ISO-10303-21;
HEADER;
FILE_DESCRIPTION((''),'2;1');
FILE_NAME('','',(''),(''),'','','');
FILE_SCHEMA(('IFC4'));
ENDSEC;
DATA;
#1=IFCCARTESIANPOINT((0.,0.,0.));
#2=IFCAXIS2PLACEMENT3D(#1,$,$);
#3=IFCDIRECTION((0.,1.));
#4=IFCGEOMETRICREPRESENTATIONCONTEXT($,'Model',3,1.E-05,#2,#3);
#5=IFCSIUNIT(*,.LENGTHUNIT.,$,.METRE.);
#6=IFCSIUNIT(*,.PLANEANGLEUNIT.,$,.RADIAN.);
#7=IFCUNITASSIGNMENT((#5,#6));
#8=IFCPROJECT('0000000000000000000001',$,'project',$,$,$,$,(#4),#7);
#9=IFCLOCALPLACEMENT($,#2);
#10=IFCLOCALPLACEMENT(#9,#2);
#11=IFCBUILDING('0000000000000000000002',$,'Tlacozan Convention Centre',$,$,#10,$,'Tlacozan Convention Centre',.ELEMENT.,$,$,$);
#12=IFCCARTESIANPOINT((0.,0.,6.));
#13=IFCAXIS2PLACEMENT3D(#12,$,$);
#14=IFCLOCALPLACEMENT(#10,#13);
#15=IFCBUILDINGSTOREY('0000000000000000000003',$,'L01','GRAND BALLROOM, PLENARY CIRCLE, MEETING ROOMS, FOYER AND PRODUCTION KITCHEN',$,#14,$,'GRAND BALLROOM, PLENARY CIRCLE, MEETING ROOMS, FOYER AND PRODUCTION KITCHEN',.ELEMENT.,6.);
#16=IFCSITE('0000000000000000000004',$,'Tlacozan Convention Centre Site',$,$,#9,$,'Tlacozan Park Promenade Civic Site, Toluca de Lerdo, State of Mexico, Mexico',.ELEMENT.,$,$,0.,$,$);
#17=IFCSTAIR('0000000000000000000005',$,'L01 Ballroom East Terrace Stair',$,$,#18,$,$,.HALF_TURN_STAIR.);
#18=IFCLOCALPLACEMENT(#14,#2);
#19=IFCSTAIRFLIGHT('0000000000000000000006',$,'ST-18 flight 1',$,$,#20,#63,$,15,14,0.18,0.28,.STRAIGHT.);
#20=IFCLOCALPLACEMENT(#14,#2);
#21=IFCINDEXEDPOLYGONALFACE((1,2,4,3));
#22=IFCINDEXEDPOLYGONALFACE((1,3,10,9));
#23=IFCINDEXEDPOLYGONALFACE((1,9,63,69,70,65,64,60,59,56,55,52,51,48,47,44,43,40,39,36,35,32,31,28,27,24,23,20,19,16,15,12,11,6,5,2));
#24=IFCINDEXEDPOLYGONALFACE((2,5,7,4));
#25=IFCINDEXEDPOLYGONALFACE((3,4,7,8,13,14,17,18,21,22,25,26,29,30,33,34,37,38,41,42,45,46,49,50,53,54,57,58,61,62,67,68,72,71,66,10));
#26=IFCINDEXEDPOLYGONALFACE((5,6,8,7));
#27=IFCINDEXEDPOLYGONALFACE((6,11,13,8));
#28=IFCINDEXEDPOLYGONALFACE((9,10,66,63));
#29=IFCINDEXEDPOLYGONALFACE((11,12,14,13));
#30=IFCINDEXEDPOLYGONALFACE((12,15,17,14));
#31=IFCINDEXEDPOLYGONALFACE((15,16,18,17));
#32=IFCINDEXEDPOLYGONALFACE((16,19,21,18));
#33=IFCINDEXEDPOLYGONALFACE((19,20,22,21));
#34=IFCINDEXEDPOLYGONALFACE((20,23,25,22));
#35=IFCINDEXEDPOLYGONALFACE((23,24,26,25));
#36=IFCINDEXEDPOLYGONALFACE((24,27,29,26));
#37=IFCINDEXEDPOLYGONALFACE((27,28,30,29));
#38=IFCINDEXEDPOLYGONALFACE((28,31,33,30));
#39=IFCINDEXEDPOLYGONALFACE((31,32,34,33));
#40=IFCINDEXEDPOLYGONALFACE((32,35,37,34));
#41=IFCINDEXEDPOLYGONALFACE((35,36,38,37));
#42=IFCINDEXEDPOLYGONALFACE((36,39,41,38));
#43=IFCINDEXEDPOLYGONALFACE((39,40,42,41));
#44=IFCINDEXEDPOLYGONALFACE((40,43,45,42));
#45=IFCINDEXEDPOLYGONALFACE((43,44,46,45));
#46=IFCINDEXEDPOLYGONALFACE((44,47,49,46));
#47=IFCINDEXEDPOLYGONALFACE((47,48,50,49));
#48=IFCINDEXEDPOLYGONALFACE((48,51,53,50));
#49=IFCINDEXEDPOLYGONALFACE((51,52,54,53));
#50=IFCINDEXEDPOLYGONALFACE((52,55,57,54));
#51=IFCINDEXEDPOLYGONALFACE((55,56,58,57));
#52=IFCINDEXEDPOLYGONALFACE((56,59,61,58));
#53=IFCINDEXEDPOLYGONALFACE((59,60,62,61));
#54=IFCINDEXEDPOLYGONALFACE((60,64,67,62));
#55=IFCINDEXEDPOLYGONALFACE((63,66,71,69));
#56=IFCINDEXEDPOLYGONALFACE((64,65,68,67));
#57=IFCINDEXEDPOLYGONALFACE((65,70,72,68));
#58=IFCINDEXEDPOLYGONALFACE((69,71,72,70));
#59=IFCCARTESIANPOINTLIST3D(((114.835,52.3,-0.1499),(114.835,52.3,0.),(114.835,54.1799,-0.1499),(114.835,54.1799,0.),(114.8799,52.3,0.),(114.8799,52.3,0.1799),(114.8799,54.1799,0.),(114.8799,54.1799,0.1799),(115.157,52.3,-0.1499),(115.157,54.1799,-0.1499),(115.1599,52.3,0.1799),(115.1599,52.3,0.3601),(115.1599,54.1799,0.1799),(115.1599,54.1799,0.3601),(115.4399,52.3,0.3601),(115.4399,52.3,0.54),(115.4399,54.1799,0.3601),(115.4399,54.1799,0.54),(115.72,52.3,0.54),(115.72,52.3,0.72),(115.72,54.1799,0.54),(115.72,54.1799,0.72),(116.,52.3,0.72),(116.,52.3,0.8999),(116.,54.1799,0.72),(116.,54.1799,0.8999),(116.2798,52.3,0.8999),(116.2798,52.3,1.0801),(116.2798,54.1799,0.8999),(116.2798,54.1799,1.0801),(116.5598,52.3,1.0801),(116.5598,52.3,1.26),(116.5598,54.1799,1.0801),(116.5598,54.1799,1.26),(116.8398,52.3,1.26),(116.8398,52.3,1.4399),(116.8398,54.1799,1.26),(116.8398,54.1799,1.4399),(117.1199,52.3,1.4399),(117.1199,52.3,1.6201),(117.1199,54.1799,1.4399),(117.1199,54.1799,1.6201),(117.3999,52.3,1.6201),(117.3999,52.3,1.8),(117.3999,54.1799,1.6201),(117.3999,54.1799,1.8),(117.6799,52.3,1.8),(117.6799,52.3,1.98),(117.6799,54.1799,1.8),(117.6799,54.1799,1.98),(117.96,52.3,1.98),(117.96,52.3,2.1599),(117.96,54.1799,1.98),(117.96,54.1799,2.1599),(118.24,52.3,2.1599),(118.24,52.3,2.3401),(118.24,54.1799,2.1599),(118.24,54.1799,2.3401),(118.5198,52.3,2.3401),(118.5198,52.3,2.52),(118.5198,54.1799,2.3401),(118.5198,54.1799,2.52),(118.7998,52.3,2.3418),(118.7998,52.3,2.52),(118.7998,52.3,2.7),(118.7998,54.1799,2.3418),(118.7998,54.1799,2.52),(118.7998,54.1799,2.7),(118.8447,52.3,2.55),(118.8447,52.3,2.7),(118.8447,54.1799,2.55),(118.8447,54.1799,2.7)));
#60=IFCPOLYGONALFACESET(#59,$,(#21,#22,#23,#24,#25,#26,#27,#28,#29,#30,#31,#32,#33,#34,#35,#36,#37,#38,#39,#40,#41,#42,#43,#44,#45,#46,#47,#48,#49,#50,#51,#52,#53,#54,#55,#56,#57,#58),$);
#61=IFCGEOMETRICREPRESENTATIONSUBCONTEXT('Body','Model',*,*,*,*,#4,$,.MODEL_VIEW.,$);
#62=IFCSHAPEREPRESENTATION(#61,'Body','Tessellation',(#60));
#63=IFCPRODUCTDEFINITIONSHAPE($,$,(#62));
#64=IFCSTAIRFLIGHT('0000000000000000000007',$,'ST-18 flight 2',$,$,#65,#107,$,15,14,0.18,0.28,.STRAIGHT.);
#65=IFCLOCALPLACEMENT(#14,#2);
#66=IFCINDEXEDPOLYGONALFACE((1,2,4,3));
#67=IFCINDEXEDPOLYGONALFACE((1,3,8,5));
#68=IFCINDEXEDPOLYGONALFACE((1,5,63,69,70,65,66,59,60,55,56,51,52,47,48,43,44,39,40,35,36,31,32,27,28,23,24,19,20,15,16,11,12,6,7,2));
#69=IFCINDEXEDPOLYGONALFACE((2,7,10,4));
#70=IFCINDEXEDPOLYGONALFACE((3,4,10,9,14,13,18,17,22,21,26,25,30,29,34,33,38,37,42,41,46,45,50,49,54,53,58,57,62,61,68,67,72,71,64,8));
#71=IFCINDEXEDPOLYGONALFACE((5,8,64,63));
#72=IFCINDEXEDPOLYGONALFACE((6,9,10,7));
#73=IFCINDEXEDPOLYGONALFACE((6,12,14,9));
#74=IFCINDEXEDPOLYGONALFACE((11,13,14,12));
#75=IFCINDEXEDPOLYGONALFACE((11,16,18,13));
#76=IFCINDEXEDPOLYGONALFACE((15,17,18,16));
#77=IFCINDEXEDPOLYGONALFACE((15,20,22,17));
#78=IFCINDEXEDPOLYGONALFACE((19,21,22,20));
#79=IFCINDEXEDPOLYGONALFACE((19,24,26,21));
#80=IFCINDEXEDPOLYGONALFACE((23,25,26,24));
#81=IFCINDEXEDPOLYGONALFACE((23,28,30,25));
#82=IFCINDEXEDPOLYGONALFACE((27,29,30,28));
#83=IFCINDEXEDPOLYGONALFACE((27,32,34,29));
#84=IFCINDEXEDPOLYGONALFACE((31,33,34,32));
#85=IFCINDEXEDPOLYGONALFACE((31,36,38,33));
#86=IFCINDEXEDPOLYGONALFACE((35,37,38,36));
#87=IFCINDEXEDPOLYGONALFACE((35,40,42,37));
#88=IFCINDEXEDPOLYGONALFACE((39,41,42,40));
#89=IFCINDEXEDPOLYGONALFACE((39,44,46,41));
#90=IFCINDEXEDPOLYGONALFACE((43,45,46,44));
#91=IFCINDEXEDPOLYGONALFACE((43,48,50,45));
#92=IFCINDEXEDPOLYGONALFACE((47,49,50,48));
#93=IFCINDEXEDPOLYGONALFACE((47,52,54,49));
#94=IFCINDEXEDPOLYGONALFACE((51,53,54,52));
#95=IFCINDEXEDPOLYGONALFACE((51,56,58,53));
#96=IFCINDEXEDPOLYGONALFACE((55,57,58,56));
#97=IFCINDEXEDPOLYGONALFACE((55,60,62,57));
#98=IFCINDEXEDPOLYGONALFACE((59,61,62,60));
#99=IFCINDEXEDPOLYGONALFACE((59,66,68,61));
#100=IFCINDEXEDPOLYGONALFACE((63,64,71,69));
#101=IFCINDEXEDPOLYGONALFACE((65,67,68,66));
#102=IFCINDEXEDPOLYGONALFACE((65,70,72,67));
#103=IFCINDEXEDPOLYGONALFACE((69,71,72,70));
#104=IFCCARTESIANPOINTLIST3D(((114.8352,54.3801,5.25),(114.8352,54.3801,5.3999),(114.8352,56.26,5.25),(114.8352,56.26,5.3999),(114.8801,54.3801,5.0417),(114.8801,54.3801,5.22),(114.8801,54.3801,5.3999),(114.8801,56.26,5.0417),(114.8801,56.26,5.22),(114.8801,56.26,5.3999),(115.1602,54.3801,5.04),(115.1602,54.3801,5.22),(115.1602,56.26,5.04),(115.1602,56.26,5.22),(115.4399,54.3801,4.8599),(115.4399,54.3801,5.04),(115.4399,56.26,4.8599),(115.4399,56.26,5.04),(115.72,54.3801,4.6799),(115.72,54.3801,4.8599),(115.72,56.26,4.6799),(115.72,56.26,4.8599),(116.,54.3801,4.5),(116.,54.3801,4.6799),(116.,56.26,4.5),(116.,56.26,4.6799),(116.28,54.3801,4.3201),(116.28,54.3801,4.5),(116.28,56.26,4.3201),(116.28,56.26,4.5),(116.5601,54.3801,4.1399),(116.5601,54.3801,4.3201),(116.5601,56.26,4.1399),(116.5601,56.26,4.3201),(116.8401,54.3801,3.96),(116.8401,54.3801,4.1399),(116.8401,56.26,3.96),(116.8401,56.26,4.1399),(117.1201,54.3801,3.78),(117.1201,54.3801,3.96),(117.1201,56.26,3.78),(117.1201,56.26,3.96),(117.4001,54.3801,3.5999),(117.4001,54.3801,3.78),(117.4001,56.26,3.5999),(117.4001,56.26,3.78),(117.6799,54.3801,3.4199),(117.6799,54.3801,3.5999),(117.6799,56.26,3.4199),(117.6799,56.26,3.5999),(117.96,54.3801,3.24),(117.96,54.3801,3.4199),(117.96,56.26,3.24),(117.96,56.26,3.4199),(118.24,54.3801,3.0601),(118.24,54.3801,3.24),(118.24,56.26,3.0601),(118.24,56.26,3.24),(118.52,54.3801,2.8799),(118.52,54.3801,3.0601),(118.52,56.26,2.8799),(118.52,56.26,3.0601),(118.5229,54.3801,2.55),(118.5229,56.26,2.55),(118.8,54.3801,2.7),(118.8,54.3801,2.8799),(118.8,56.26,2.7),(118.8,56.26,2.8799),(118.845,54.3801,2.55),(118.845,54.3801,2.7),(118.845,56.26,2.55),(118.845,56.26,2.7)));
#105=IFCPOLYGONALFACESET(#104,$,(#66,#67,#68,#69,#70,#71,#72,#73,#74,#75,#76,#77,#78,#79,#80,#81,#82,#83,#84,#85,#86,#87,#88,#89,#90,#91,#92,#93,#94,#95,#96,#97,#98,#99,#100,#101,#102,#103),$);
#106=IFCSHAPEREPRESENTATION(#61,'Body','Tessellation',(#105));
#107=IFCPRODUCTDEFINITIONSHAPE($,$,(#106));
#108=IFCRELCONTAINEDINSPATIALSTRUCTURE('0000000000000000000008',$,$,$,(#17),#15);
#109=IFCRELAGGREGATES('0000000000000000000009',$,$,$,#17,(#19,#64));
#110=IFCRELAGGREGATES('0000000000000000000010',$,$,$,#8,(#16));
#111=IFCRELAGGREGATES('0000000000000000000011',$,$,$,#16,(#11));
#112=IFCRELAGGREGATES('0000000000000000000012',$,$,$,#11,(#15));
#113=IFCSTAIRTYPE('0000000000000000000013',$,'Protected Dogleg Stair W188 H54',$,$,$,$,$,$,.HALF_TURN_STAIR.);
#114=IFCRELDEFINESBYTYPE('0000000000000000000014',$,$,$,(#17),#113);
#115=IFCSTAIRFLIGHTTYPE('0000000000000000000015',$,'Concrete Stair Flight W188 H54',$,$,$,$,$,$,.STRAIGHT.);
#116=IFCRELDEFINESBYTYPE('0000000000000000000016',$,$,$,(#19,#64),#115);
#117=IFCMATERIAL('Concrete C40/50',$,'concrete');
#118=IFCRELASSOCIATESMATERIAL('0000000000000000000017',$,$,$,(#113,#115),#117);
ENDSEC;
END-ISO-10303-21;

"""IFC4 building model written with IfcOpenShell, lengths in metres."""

from ifc_helpers import new_model, si_unit, direction, frame, origin, place, context, subcontext, project, spatial, polyline, outline, extrude, material, type_object, element, aggregate, save


model = new_model("IFC4")

# Units and contexts
model_context = context("Model", 3, precision=1e-05, world=origin(), true_north=direction((0.0, 1.0)))
body_context = subcontext(model_context, "Body", "Model", "MODEL_VIEW")
ifc_project = project(units=[si_unit("LENGTHUNIT", "METRE"), si_unit("PLANEANGLEUNIT", "RADIAN")], contexts=[model_context])

# Site, building, storey
site_placement = place(None, origin())
site = spatial("IfcSite", under=ifc_project, at=site_placement, Name="Tlacozan Convention Centre Site", LongName="Tlacozan Park Promenade Civic Site, Toluca de Lerdo, State of Mexico, Mexico", CompositionType="ELEMENT", RefElevation=0.0)
building_placement = place(site_placement, origin())
building = spatial("IfcBuilding", under=site, at=building_placement, Name="Tlacozan Convention Centre", LongName="Tlacozan Convention Centre", CompositionType="ELEMENT")
storey_placement = place(building_placement, frame((0.0, 0.0, 6.0)))
storey = spatial("IfcBuildingStorey", under=building, at=storey_placement, Name="L01", Description="GRAND BALLROOM, PLENARY CIRCLE, MEETING ROOMS, FOYER AND PRODUCTION KITCHEN", LongName="GRAND BALLROOM, PLENARY CIRCLE, MEETING ROOMS, FOYER AND PRODUCTION KITCHEN", CompositionType="ELEMENT", Elevation=6.0)

# Shared definitions
ifc_material_1 = material(Name="Concrete C40/50", Category="concrete")

# Stair, stair flights
stair_type = type_object("IfcStairType", Name="Protected Dogleg Stair W188 H54", PredefinedType="HALF_TURN_STAIR", material=ifc_material_1)
stair_placement = place(storey_placement, origin())
stair = element("IfcStair", 1, at=stair_placement, inside=storey, type_object=stair_type, Name="L01 Ballroom East Terrace Stair", PredefinedType="HALF_TURN_STAIR")
stair_flight_type = type_object("IfcStairFlightType", Name="Concrete Stair Flight W188 H54", PredefinedType="STRAIGHT", material=ifc_material_1)
stair_flight_1_placement = place(storey_placement, frame((114.8799, 53.24, 0.0), z_axis=(0.0, 0.0, 1.0), x_axis=(1.0, 0.0, 0.0)))
stair_flight_1 = element("IfcStairFlight", 2, at=stair_flight_1_placement, type_object=stair_flight_type, Name="ST-18 flight 1", NumberOfRisers=15, NumberOfTreads=14, PredefinedType="STRAIGHT", RiserHeight=0.18, TreadLength=0.28, context=body_context, shape_type="SweptSolid", body=[
    extrude(outline(polyline([(-0.0449, -0.1499), (-0.0449, 0.0), (0.0, 0.0), (0.0, 0.1799), (0.28, 0.1799), (0.28, 0.3601), (0.5601, 0.3601), (0.5601, 0.54), (0.8401, 0.54), (0.8401, 0.72), (1.1201, 0.72), (1.1201, 0.8999), (1.3999, 0.8999), (1.3999, 1.0801), (1.6799, 1.0801), (1.6799, 1.26), (1.96, 1.26), (1.96, 1.4399), (2.24, 1.4399), (2.24, 1.6201), (2.52, 1.6201), (2.52, 1.8), (2.8, 1.8), (2.8, 1.98), (3.0801, 1.98), (3.0801, 2.1599), (3.3601, 2.1599), (3.3601, 2.3401), (3.6399, 2.3401), (3.6399, 2.52), (3.9199, 2.52), (3.9199, 2.7), (3.9648, 2.7), (3.9648, 2.55), (3.9199, 2.3418), (0.2771, -0.1499), (-0.0449, -0.1499)])), frame((0.0, 0.9399, 0.0), z_axis=(0.0, -1.0, 0.0), x_axis=(1.0, 0.0, 0.0)), (0.0, 0.0, 1.0), 1.8799),
])
stair_flight_2_placement = place(storey_placement, frame((118.8, 55.3201, 2.7), z_axis=(0.0, 0.0, 1.0), x_axis=(-1.0, 0.0, 0.0)))
stair_flight_2 = element("IfcStairFlight", 3, at=stair_flight_2_placement, type_object=stair_flight_type, Name="ST-18 flight 2", NumberOfRisers=15, NumberOfTreads=14, PredefinedType="STRAIGHT", RiserHeight=0.18, TreadLength=0.28, context=body_context, shape_type="SweptSolid", body=[
    extrude(outline(polyline([(-0.0449, -0.1499), (-0.0449, 0.0), (0.0, 0.0), (0.0, 0.1799), (0.28, 0.1799), (0.28, 0.3601), (0.5601, 0.3601), (0.5601, 0.54), (0.8401, 0.54), (0.8401, 0.72), (1.1201, 0.72), (1.1201, 0.8999), (1.3999, 0.8999), (1.3999, 1.0801), (1.6799, 1.0801), (1.6799, 1.26), (1.96, 1.26), (1.96, 1.4399), (2.24, 1.4399), (2.24, 1.6201), (2.52, 1.6201), (2.52, 1.8), (2.8, 1.8), (2.8, 1.98), (3.0801, 1.98), (3.0801, 2.1599), (3.3601, 2.1599), (3.3601, 2.3401), (3.6399, 2.3401), (3.6399, 2.52), (3.9199, 2.52), (3.9199, 2.7), (3.9648, 2.7), (3.9648, 2.55), (3.9199, 2.3418), (0.2771, -0.1499), (-0.0449, -0.1499)])), frame((0.0, 0.9399, 0.0), z_axis=(0.0, -1.0, 0.0), x_axis=(1.0, 0.0, 0.0)), (0.0, 0.0, 1.0), 1.8799),
])
aggregate(stair, [stair_flight_1, stair_flight_2])

save(model, "model.ifc")
